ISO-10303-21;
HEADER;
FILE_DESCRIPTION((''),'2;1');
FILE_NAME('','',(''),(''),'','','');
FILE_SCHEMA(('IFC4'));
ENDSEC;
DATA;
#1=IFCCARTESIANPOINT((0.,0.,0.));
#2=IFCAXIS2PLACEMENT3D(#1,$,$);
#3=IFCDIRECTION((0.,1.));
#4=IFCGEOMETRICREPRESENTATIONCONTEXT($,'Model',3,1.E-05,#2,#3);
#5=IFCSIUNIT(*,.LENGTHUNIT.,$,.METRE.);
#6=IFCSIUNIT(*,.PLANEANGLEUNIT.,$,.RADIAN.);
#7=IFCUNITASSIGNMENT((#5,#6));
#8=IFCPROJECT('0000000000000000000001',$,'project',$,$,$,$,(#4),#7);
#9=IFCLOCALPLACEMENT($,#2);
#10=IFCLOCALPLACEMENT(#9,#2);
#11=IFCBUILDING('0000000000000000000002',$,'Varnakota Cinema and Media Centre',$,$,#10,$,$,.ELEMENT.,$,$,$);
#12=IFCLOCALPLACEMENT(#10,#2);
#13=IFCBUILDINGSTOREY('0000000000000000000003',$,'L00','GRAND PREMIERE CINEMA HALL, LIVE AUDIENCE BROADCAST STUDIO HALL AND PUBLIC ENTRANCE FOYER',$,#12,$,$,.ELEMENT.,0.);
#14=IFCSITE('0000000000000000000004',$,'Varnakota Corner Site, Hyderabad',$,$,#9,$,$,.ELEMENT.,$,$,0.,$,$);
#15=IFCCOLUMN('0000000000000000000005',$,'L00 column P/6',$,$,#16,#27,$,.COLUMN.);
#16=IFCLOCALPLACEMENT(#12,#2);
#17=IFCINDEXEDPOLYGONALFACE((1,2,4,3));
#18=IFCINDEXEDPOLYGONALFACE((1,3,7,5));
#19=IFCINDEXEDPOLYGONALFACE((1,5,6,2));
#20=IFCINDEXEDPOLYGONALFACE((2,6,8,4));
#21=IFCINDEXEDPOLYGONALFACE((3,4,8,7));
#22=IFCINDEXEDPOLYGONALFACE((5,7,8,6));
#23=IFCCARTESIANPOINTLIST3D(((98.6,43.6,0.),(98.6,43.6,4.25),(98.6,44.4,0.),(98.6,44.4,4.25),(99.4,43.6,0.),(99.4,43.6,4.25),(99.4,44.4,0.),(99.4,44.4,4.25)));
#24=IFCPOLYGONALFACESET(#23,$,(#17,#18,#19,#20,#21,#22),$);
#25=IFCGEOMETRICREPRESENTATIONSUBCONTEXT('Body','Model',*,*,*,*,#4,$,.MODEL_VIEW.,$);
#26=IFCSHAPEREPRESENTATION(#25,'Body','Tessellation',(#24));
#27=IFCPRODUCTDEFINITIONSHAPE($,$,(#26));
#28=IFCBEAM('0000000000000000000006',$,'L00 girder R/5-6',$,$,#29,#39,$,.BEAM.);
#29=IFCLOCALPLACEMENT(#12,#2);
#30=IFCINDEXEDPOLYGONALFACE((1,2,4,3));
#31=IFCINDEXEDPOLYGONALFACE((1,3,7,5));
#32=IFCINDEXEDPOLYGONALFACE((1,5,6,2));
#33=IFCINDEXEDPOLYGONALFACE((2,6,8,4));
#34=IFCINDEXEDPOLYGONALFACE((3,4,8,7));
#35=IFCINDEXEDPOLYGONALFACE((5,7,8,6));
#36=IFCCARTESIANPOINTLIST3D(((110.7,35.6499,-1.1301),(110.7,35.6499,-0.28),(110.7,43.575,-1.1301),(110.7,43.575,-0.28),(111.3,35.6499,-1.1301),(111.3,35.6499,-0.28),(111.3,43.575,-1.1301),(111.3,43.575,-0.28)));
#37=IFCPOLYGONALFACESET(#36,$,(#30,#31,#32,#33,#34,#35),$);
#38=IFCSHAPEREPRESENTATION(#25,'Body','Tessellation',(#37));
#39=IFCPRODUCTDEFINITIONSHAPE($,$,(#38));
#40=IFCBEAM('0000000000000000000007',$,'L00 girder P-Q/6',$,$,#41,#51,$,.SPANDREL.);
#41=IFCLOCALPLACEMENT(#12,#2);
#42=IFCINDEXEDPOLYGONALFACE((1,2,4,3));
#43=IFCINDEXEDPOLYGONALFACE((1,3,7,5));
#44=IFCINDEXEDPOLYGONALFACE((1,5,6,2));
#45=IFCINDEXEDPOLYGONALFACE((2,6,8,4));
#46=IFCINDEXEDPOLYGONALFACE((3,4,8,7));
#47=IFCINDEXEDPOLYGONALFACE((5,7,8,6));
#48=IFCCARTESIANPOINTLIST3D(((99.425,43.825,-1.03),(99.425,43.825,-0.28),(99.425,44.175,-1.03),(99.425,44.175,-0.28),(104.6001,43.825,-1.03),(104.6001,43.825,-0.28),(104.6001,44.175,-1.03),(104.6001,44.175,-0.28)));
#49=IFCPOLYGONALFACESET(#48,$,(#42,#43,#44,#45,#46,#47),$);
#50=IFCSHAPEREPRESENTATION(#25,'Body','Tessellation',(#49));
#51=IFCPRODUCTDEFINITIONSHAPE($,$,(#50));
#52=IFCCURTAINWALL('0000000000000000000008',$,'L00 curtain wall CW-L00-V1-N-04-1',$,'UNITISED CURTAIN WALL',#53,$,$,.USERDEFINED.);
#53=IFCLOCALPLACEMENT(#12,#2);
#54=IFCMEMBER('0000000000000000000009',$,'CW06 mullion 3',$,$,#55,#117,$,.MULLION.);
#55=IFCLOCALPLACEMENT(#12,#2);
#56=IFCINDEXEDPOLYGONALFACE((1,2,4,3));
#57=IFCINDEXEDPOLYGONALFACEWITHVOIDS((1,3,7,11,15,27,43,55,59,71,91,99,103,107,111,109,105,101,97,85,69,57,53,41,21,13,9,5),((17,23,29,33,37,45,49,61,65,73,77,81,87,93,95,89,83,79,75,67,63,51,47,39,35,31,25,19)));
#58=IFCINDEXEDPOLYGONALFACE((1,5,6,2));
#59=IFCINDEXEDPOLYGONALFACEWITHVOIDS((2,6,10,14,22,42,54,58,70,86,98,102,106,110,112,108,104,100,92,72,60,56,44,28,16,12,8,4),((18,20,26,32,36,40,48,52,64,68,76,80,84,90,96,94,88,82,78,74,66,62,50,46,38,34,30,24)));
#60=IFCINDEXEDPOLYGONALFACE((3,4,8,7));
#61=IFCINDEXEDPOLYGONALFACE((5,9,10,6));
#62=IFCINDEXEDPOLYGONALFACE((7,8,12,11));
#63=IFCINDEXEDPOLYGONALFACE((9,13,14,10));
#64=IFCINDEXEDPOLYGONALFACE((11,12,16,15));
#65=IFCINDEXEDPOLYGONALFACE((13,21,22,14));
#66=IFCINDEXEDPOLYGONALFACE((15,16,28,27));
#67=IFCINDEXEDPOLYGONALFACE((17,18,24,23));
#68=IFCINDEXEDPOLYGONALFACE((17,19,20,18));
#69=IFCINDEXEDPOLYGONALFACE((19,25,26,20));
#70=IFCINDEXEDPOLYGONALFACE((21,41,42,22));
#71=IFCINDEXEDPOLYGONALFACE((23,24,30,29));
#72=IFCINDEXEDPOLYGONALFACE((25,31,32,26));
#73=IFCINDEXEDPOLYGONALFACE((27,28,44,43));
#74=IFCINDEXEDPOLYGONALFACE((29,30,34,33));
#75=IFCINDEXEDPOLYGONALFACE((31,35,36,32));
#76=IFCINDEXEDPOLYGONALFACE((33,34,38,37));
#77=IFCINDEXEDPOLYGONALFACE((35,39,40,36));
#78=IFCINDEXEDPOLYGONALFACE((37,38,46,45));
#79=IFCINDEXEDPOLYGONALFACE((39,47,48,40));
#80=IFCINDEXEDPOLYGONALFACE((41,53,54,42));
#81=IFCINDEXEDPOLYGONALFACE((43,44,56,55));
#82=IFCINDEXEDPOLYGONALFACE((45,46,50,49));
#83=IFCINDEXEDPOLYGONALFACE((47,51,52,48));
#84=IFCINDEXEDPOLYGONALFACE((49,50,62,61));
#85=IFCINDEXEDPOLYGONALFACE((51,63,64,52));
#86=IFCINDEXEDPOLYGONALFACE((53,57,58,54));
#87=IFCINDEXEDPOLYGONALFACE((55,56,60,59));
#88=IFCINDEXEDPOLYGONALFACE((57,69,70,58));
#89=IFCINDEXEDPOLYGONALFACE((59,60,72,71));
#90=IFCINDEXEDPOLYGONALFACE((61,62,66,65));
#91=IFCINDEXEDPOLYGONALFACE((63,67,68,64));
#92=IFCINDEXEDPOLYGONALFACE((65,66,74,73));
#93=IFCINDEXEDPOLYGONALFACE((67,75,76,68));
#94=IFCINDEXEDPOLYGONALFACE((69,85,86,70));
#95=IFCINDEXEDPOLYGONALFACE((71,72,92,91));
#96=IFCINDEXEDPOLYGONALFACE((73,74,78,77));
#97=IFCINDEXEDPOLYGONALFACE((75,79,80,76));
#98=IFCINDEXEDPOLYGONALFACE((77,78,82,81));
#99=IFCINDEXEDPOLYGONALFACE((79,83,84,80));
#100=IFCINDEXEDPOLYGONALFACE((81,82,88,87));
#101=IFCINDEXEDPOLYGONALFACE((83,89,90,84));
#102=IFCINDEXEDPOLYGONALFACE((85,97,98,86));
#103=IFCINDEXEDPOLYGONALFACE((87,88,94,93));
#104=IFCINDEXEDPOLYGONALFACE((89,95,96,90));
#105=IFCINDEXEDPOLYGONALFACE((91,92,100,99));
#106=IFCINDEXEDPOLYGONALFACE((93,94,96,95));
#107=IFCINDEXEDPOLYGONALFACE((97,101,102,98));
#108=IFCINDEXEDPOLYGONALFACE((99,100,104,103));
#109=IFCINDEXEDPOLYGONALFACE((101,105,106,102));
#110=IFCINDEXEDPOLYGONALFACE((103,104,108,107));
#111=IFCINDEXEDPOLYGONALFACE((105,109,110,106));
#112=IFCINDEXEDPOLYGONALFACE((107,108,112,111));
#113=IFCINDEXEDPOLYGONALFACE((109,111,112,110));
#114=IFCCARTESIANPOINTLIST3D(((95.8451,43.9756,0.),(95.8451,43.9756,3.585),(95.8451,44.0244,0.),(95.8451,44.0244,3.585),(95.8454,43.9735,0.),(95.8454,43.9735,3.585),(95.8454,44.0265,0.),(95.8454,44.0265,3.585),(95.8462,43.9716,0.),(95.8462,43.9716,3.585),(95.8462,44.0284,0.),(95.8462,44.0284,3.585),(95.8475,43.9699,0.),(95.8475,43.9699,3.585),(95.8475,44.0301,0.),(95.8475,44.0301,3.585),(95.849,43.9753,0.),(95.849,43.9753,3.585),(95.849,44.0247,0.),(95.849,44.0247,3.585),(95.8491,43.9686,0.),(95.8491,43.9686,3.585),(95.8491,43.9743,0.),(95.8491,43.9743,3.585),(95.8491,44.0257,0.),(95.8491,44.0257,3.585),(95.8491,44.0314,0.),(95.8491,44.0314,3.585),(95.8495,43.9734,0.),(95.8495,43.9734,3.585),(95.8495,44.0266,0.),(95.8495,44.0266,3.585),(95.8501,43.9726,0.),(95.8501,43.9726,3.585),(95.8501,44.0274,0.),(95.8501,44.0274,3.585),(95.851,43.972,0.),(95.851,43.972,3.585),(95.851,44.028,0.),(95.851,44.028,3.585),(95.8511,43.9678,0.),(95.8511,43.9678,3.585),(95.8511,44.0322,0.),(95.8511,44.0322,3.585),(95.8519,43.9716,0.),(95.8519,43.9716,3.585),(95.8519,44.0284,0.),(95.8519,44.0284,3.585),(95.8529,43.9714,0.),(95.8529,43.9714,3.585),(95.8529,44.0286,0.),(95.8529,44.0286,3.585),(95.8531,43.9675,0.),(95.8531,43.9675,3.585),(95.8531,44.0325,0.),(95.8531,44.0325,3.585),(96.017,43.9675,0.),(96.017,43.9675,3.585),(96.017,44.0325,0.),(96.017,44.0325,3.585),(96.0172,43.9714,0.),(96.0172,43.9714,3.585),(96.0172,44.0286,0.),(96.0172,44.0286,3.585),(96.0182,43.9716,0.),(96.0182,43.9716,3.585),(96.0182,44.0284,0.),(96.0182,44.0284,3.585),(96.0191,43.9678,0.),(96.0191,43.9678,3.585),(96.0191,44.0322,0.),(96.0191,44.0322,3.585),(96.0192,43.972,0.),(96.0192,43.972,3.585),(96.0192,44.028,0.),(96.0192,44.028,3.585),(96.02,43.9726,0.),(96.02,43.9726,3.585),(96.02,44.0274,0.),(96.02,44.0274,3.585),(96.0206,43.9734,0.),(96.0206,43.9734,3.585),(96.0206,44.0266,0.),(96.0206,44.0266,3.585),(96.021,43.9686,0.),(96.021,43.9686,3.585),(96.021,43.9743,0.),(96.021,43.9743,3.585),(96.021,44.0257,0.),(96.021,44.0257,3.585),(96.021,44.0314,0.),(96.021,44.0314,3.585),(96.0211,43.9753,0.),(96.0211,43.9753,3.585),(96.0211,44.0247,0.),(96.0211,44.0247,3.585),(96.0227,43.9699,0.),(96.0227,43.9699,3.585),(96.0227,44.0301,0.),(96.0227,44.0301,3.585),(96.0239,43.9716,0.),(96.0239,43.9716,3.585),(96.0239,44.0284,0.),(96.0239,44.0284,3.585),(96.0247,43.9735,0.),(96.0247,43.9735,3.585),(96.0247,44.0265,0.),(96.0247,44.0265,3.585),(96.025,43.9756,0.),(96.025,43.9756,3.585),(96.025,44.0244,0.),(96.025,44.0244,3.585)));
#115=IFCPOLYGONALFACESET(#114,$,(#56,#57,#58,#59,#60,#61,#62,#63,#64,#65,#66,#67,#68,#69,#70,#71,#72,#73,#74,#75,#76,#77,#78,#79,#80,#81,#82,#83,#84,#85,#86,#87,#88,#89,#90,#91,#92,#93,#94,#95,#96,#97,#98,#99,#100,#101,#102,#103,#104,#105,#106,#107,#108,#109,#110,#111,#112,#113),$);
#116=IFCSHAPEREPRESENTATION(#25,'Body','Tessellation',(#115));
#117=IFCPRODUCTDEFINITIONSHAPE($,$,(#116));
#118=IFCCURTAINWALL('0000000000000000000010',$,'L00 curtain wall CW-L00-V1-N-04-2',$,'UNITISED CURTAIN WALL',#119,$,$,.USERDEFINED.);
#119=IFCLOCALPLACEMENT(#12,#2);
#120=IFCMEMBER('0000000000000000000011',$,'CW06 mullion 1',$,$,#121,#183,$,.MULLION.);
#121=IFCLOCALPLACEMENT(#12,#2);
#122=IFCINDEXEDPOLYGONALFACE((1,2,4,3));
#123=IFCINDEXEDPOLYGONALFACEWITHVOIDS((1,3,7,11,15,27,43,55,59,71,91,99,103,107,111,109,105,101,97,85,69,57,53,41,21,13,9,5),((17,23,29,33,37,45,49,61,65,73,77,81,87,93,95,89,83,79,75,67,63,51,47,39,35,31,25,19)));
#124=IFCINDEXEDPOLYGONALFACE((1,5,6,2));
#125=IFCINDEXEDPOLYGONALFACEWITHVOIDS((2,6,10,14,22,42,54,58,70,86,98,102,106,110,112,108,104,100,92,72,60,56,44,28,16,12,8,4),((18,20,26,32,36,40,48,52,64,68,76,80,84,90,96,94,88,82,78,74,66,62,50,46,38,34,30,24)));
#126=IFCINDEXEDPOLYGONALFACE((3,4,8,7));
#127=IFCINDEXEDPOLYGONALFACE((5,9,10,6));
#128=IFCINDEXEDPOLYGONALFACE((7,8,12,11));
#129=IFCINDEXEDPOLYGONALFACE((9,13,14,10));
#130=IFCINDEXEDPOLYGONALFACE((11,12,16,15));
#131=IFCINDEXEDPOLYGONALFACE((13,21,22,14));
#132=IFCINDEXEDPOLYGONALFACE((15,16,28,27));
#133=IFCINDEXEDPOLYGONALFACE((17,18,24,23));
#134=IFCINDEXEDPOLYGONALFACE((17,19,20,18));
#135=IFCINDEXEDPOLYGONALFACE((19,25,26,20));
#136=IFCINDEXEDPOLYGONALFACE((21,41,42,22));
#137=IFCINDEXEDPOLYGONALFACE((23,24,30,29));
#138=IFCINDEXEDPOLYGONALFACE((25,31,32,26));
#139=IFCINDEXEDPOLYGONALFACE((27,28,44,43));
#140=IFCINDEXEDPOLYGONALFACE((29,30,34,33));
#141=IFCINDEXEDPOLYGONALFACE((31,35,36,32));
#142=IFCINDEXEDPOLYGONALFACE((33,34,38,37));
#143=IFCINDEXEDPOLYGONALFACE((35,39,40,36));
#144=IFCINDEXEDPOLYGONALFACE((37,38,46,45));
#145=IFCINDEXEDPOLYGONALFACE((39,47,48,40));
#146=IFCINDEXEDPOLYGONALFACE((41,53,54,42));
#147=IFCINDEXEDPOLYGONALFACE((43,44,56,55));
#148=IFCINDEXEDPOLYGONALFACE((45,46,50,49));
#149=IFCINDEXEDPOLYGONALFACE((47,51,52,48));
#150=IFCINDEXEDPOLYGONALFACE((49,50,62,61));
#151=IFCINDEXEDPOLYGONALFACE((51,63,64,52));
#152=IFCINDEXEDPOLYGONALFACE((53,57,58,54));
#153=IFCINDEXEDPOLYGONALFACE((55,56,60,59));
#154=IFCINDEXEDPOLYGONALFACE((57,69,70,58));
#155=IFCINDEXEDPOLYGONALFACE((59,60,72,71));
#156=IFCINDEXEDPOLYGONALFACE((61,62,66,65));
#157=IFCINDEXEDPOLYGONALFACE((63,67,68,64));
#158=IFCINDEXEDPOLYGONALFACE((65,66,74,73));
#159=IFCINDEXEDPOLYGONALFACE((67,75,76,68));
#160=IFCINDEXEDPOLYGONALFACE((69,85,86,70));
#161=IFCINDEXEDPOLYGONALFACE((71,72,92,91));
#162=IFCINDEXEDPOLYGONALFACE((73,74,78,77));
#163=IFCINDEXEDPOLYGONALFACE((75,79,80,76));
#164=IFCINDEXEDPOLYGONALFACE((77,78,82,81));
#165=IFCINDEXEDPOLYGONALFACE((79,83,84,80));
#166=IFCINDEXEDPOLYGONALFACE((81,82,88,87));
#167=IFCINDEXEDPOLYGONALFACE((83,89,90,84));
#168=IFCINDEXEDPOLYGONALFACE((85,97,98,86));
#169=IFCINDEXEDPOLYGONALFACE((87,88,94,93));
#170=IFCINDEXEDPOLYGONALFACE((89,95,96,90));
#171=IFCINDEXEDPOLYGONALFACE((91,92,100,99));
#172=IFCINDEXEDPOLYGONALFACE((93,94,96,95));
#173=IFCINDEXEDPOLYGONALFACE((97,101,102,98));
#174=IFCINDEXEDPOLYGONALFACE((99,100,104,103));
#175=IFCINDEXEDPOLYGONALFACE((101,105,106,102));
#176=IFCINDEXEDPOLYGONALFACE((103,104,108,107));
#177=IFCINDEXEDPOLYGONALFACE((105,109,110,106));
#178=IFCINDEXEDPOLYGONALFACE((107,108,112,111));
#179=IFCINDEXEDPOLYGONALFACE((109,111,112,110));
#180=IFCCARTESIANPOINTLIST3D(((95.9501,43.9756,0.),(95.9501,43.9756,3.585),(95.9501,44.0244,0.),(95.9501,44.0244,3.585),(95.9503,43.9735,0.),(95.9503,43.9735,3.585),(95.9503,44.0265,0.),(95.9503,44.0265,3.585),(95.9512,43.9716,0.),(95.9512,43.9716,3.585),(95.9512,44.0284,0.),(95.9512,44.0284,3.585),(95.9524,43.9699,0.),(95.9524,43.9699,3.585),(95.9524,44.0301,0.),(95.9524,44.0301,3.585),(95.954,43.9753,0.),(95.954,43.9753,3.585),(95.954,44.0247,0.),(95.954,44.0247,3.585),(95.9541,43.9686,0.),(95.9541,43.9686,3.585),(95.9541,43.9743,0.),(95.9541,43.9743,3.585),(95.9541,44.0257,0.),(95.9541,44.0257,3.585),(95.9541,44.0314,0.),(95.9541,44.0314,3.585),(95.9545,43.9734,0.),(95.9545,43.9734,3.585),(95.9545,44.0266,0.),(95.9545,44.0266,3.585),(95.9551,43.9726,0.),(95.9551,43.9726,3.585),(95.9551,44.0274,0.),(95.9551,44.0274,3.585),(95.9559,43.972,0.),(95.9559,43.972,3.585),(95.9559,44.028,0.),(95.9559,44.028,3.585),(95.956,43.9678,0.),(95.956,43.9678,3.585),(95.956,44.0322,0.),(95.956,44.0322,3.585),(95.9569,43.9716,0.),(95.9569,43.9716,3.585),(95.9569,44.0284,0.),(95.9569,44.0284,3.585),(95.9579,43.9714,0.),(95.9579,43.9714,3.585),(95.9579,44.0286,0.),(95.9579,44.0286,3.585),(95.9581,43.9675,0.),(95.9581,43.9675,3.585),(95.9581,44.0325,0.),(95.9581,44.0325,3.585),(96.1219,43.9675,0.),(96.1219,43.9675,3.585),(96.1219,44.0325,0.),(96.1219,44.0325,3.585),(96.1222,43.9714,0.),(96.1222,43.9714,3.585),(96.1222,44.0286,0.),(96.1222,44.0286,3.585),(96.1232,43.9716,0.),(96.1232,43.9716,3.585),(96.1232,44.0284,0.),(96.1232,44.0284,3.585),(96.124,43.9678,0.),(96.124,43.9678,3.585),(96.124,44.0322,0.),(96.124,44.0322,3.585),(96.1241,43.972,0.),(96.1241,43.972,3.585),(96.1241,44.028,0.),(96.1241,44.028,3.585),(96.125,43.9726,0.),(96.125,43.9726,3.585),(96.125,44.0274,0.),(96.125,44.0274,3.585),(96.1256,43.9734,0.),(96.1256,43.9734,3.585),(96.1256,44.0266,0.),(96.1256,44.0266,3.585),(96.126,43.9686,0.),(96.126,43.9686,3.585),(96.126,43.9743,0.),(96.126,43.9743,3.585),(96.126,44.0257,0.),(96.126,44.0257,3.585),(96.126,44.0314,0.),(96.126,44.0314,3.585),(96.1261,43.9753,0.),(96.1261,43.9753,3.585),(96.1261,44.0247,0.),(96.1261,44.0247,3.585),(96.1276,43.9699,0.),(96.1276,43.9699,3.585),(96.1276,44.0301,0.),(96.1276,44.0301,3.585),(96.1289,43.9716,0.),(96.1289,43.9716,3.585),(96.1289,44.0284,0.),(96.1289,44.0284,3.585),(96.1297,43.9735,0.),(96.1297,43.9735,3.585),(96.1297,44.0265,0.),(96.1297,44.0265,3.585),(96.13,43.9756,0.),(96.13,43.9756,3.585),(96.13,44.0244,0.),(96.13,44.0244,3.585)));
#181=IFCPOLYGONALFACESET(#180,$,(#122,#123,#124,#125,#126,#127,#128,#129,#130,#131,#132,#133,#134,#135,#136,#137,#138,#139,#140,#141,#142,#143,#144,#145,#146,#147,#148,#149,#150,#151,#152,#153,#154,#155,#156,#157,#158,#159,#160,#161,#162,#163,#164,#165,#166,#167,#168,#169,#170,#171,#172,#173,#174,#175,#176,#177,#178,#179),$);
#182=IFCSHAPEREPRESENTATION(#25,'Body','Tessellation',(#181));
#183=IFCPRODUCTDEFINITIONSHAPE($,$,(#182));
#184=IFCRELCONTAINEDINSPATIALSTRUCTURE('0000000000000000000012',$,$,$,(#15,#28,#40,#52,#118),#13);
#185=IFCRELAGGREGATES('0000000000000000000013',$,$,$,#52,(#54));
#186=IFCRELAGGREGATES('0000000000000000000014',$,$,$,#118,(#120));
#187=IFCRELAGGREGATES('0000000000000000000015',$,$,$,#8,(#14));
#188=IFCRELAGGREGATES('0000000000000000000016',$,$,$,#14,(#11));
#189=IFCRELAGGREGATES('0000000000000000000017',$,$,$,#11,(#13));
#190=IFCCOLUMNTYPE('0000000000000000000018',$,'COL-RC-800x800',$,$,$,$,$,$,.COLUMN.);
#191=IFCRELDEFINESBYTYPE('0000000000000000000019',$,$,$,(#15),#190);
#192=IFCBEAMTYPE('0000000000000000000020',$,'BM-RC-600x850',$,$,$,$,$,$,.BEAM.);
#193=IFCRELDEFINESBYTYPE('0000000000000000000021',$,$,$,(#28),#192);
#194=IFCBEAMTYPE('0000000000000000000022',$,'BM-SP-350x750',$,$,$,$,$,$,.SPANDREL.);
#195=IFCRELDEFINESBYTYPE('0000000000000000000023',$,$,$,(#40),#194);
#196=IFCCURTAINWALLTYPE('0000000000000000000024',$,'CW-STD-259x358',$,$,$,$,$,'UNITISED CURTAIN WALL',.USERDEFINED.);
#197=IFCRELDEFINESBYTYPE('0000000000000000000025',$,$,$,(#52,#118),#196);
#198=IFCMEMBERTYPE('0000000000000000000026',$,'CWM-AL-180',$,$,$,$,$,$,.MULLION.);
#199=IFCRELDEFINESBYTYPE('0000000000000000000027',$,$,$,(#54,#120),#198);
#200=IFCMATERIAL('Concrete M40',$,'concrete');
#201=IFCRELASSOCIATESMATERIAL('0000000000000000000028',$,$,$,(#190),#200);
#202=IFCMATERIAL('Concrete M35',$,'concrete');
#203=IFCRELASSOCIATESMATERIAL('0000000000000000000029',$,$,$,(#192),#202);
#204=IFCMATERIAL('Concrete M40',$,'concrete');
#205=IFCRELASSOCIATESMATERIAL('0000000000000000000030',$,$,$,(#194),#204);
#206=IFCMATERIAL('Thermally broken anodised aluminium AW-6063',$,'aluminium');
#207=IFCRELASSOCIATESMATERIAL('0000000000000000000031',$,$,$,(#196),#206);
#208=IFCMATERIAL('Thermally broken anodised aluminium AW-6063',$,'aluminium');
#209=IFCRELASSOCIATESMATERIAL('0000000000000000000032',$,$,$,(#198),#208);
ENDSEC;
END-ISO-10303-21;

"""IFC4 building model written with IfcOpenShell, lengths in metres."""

from ifc_helpers import new_model, si_unit, direction, frame, origin, origin_2d, place, context, subcontext, project, spatial, rectangle, hollow_rectangle, extrude, material, material_profile, profile_set, type_object, element, aggregate, save


model = new_model("IFC4")

# Units and contexts
model_context = context("Model", 3, precision=1e-05, world=origin(), true_north=direction((0.0, 1.0)))
body_context = subcontext(model_context, "Body", "Model", "MODEL_VIEW")
ifc_project = project(units=[si_unit("LENGTHUNIT", "METRE"), si_unit("PLANEANGLEUNIT", "RADIAN")], contexts=[model_context])

# Site, building, storey
site_placement = place(None, origin())
site = spatial("IfcSite", under=ifc_project, at=site_placement, Name="Varnakota Corner Site, Hyderabad", CompositionType="ELEMENT", RefElevation=0.0)
building_placement = place(site_placement, origin())
building = spatial("IfcBuilding", under=site, at=building_placement, Name="Varnakota Cinema and Media Centre", CompositionType="ELEMENT")
storey_placement = place(building_placement, origin())
storey = spatial("IfcBuildingStorey", under=building, at=storey_placement, Name="L00", Description="GRAND PREMIERE CINEMA HALL, LIVE AUDIENCE BROADCAST STUDIO HALL AND PUBLIC ENTRANCE FOYER", CompositionType="ELEMENT", Elevation=0.0)

# Column
ifc_material_1 = material(Name="Concrete M40", Category="concrete")
ifc_material_profile_1 = material_profile(ifc_material_1, rectangle(XDim=0.8, YDim=0.8, at=origin_2d()), Name="RC 800x800")
ifc_profile_set_1 = profile_set([ifc_material_profile_1], Name="Concrete M40")
column_type = type_object("IfcColumnType", Name="COL-RC-800x800", PredefinedType="COLUMN", material=ifc_profile_set_1)
column_placement = place(storey_placement, frame((99.0, 44.0, 0.0), z_axis=(0.0, 0.0, 1.0), x_axis=(1.0, 0.0, 0.0)))
element("IfcColumn", 1, at=column_placement, inside=storey, type_object=column_type, Name="L00 column P/6", PredefinedType="COLUMN", context=body_context, shape_type="SweptSolid", body=[
    extrude(rectangle(XDim=0.8, YDim=0.8, at=origin_2d()), origin(), (0.0, 0.0, 1.0), 4.25),
])

# Beams
ifc_material_2 = material(Name="Concrete M35", Category="concrete")
ifc_material_profile_2 = material_profile(ifc_material_2, rectangle(XDim=0.6001, YDim=0.8501, at=origin_2d()), Name="RCB 600x850")
ifc_profile_set_2 = profile_set([ifc_material_profile_2], Name="Concrete M35")
beam_type_1 = type_object("IfcBeamType", Name="BM-RC-600x850", PredefinedType="BEAM", material=ifc_profile_set_2)
beam_1_placement = place(storey_placement, frame((111.0, 35.6499, -0.7051), z_axis=(0.0, 1.0, 0.0), x_axis=(-1.0, 0.0, 0.0)))
element("IfcBeam", 2, at=beam_1_placement, inside=storey, type_object=beam_type_1, Name="L00 girder R/5-6", PredefinedType="BEAM", context=body_context, shape_type="SweptSolid", body=[
    extrude(rectangle(XDim=0.6001, YDim=0.8501, at=origin_2d()), origin(), (0.0, 0.0, 1.0), 7.925),
])
ifc_material_3 = material(Name="Concrete M40", Category="concrete")
ifc_material_profile_3 = material_profile(ifc_material_3, rectangle(XDim=0.3501, YDim=0.75, at=origin_2d()), Name="RCB 350x750")
ifc_profile_set_3 = profile_set([ifc_material_profile_3], Name="Concrete M40")
beam_type_2 = type_object("IfcBeamType", Name="BM-SP-350x750", PredefinedType="SPANDREL", material=ifc_profile_set_3)
beam_2_placement = place(storey_placement, frame((99.425, 44.0, -0.655), z_axis=(1.0, 0.0, 0.0), x_axis=(0.0, 1.0, 0.0)))
element("IfcBeam", 3, at=beam_2_placement, inside=storey, type_object=beam_type_2, Name="L00 girder P-Q/6", PredefinedType="SPANDREL", context=body_context, shape_type="SweptSolid", body=[
    extrude(rectangle(XDim=0.3501, YDim=0.75, at=origin_2d()), origin(), (0.0, 0.0, 1.0), 5.175),
])

# Curtain wall, member
ifc_material_4 = material(Name="Thermally broken anodised aluminium AW-6063", Category="aluminium")
curtain_wall_type = type_object("IfcCurtainWallType", Name="CW-STD-259x358", ElementType="UNITISED CURTAIN WALL", PredefinedType="USERDEFINED", material=ifc_material_4)
curtain_wall_1_placement = place(storey_placement, origin())
curtain_wall_1 = element("IfcCurtainWall", 4, at=curtain_wall_1_placement, inside=storey, type_object=curtain_wall_type, Name="L00 curtain wall CW-L00-V1-N-04-1", ObjectType="UNITISED CURTAIN WALL", PredefinedType="USERDEFINED")
ifc_material_5 = material(Name="Thermally broken anodised aluminium AW-6063", Category="aluminium")
ifc_material_profile_4 = material_profile(ifc_material_5, hollow_rectangle(XDim=0.0649, YDim=0.1799, WallThickness=0.0039, InnerFilletRadius=0.0039, OuterFilletRadius=0.0081, at=origin_2d()), Name="AL-MULLION 180x65x4")
ifc_profile_set_4 = profile_set([ifc_material_profile_4], Name="Thermally broken anodised aluminium AW-6063")
member_type_1 = type_object("IfcMemberType", Name="CWM-AL-180", PredefinedType="MULLION", material=ifc_profile_set_4)
member_1_placement = place(storey_placement, frame((95.9351, 44.0, 0.0), z_axis=(0.0, 0.0, 1.0), x_axis=(0.0, 1.0, 0.0)))
member_1 = element("IfcMember", 5, at=member_1_placement, type_object=member_type_1, Name="CW06 mullion 3", PredefinedType="MULLION", context=body_context, shape_type="SweptSolid", body=[
    extrude(hollow_rectangle(XDim=0.0649, YDim=0.1799, WallThickness=0.0039, InnerFilletRadius=0.0039, OuterFilletRadius=0.0081, at=origin_2d()), origin(), (0.0, 0.0, 1.0), 3.585),
])
aggregate(curtain_wall_1, [member_1])

# Curtain wall, member
curtain_wall_2_placement = place(storey_placement, origin())
curtain_wall_2 = element("IfcCurtainWall", 6, at=curtain_wall_2_placement, inside=storey, type_object=curtain_wall_type, Name="L00 curtain wall CW-L00-V1-N-04-2", ObjectType="UNITISED CURTAIN WALL", PredefinedType="USERDEFINED")
member_2_placement = place(storey_placement, frame((96.04, 44.0, 0.0), z_axis=(0.0, 0.0, 1.0), x_axis=(0.0, 1.0, 0.0)))
member_2 = element("IfcMember", 7, at=member_2_placement, type_object=member_type_1, Name="CW06 mullion 1", PredefinedType="MULLION", context=body_context, shape_type="SweptSolid", body=[
    extrude(hollow_rectangle(XDim=0.0649, YDim=0.1799, WallThickness=0.0039, InnerFilletRadius=0.0039, OuterFilletRadius=0.0081, at=origin_2d()), origin(), (0.0, 0.0, 1.0), 3.585),
])

aggregate(curtain_wall_2, [member_2])

save(model, "model.ifc")
